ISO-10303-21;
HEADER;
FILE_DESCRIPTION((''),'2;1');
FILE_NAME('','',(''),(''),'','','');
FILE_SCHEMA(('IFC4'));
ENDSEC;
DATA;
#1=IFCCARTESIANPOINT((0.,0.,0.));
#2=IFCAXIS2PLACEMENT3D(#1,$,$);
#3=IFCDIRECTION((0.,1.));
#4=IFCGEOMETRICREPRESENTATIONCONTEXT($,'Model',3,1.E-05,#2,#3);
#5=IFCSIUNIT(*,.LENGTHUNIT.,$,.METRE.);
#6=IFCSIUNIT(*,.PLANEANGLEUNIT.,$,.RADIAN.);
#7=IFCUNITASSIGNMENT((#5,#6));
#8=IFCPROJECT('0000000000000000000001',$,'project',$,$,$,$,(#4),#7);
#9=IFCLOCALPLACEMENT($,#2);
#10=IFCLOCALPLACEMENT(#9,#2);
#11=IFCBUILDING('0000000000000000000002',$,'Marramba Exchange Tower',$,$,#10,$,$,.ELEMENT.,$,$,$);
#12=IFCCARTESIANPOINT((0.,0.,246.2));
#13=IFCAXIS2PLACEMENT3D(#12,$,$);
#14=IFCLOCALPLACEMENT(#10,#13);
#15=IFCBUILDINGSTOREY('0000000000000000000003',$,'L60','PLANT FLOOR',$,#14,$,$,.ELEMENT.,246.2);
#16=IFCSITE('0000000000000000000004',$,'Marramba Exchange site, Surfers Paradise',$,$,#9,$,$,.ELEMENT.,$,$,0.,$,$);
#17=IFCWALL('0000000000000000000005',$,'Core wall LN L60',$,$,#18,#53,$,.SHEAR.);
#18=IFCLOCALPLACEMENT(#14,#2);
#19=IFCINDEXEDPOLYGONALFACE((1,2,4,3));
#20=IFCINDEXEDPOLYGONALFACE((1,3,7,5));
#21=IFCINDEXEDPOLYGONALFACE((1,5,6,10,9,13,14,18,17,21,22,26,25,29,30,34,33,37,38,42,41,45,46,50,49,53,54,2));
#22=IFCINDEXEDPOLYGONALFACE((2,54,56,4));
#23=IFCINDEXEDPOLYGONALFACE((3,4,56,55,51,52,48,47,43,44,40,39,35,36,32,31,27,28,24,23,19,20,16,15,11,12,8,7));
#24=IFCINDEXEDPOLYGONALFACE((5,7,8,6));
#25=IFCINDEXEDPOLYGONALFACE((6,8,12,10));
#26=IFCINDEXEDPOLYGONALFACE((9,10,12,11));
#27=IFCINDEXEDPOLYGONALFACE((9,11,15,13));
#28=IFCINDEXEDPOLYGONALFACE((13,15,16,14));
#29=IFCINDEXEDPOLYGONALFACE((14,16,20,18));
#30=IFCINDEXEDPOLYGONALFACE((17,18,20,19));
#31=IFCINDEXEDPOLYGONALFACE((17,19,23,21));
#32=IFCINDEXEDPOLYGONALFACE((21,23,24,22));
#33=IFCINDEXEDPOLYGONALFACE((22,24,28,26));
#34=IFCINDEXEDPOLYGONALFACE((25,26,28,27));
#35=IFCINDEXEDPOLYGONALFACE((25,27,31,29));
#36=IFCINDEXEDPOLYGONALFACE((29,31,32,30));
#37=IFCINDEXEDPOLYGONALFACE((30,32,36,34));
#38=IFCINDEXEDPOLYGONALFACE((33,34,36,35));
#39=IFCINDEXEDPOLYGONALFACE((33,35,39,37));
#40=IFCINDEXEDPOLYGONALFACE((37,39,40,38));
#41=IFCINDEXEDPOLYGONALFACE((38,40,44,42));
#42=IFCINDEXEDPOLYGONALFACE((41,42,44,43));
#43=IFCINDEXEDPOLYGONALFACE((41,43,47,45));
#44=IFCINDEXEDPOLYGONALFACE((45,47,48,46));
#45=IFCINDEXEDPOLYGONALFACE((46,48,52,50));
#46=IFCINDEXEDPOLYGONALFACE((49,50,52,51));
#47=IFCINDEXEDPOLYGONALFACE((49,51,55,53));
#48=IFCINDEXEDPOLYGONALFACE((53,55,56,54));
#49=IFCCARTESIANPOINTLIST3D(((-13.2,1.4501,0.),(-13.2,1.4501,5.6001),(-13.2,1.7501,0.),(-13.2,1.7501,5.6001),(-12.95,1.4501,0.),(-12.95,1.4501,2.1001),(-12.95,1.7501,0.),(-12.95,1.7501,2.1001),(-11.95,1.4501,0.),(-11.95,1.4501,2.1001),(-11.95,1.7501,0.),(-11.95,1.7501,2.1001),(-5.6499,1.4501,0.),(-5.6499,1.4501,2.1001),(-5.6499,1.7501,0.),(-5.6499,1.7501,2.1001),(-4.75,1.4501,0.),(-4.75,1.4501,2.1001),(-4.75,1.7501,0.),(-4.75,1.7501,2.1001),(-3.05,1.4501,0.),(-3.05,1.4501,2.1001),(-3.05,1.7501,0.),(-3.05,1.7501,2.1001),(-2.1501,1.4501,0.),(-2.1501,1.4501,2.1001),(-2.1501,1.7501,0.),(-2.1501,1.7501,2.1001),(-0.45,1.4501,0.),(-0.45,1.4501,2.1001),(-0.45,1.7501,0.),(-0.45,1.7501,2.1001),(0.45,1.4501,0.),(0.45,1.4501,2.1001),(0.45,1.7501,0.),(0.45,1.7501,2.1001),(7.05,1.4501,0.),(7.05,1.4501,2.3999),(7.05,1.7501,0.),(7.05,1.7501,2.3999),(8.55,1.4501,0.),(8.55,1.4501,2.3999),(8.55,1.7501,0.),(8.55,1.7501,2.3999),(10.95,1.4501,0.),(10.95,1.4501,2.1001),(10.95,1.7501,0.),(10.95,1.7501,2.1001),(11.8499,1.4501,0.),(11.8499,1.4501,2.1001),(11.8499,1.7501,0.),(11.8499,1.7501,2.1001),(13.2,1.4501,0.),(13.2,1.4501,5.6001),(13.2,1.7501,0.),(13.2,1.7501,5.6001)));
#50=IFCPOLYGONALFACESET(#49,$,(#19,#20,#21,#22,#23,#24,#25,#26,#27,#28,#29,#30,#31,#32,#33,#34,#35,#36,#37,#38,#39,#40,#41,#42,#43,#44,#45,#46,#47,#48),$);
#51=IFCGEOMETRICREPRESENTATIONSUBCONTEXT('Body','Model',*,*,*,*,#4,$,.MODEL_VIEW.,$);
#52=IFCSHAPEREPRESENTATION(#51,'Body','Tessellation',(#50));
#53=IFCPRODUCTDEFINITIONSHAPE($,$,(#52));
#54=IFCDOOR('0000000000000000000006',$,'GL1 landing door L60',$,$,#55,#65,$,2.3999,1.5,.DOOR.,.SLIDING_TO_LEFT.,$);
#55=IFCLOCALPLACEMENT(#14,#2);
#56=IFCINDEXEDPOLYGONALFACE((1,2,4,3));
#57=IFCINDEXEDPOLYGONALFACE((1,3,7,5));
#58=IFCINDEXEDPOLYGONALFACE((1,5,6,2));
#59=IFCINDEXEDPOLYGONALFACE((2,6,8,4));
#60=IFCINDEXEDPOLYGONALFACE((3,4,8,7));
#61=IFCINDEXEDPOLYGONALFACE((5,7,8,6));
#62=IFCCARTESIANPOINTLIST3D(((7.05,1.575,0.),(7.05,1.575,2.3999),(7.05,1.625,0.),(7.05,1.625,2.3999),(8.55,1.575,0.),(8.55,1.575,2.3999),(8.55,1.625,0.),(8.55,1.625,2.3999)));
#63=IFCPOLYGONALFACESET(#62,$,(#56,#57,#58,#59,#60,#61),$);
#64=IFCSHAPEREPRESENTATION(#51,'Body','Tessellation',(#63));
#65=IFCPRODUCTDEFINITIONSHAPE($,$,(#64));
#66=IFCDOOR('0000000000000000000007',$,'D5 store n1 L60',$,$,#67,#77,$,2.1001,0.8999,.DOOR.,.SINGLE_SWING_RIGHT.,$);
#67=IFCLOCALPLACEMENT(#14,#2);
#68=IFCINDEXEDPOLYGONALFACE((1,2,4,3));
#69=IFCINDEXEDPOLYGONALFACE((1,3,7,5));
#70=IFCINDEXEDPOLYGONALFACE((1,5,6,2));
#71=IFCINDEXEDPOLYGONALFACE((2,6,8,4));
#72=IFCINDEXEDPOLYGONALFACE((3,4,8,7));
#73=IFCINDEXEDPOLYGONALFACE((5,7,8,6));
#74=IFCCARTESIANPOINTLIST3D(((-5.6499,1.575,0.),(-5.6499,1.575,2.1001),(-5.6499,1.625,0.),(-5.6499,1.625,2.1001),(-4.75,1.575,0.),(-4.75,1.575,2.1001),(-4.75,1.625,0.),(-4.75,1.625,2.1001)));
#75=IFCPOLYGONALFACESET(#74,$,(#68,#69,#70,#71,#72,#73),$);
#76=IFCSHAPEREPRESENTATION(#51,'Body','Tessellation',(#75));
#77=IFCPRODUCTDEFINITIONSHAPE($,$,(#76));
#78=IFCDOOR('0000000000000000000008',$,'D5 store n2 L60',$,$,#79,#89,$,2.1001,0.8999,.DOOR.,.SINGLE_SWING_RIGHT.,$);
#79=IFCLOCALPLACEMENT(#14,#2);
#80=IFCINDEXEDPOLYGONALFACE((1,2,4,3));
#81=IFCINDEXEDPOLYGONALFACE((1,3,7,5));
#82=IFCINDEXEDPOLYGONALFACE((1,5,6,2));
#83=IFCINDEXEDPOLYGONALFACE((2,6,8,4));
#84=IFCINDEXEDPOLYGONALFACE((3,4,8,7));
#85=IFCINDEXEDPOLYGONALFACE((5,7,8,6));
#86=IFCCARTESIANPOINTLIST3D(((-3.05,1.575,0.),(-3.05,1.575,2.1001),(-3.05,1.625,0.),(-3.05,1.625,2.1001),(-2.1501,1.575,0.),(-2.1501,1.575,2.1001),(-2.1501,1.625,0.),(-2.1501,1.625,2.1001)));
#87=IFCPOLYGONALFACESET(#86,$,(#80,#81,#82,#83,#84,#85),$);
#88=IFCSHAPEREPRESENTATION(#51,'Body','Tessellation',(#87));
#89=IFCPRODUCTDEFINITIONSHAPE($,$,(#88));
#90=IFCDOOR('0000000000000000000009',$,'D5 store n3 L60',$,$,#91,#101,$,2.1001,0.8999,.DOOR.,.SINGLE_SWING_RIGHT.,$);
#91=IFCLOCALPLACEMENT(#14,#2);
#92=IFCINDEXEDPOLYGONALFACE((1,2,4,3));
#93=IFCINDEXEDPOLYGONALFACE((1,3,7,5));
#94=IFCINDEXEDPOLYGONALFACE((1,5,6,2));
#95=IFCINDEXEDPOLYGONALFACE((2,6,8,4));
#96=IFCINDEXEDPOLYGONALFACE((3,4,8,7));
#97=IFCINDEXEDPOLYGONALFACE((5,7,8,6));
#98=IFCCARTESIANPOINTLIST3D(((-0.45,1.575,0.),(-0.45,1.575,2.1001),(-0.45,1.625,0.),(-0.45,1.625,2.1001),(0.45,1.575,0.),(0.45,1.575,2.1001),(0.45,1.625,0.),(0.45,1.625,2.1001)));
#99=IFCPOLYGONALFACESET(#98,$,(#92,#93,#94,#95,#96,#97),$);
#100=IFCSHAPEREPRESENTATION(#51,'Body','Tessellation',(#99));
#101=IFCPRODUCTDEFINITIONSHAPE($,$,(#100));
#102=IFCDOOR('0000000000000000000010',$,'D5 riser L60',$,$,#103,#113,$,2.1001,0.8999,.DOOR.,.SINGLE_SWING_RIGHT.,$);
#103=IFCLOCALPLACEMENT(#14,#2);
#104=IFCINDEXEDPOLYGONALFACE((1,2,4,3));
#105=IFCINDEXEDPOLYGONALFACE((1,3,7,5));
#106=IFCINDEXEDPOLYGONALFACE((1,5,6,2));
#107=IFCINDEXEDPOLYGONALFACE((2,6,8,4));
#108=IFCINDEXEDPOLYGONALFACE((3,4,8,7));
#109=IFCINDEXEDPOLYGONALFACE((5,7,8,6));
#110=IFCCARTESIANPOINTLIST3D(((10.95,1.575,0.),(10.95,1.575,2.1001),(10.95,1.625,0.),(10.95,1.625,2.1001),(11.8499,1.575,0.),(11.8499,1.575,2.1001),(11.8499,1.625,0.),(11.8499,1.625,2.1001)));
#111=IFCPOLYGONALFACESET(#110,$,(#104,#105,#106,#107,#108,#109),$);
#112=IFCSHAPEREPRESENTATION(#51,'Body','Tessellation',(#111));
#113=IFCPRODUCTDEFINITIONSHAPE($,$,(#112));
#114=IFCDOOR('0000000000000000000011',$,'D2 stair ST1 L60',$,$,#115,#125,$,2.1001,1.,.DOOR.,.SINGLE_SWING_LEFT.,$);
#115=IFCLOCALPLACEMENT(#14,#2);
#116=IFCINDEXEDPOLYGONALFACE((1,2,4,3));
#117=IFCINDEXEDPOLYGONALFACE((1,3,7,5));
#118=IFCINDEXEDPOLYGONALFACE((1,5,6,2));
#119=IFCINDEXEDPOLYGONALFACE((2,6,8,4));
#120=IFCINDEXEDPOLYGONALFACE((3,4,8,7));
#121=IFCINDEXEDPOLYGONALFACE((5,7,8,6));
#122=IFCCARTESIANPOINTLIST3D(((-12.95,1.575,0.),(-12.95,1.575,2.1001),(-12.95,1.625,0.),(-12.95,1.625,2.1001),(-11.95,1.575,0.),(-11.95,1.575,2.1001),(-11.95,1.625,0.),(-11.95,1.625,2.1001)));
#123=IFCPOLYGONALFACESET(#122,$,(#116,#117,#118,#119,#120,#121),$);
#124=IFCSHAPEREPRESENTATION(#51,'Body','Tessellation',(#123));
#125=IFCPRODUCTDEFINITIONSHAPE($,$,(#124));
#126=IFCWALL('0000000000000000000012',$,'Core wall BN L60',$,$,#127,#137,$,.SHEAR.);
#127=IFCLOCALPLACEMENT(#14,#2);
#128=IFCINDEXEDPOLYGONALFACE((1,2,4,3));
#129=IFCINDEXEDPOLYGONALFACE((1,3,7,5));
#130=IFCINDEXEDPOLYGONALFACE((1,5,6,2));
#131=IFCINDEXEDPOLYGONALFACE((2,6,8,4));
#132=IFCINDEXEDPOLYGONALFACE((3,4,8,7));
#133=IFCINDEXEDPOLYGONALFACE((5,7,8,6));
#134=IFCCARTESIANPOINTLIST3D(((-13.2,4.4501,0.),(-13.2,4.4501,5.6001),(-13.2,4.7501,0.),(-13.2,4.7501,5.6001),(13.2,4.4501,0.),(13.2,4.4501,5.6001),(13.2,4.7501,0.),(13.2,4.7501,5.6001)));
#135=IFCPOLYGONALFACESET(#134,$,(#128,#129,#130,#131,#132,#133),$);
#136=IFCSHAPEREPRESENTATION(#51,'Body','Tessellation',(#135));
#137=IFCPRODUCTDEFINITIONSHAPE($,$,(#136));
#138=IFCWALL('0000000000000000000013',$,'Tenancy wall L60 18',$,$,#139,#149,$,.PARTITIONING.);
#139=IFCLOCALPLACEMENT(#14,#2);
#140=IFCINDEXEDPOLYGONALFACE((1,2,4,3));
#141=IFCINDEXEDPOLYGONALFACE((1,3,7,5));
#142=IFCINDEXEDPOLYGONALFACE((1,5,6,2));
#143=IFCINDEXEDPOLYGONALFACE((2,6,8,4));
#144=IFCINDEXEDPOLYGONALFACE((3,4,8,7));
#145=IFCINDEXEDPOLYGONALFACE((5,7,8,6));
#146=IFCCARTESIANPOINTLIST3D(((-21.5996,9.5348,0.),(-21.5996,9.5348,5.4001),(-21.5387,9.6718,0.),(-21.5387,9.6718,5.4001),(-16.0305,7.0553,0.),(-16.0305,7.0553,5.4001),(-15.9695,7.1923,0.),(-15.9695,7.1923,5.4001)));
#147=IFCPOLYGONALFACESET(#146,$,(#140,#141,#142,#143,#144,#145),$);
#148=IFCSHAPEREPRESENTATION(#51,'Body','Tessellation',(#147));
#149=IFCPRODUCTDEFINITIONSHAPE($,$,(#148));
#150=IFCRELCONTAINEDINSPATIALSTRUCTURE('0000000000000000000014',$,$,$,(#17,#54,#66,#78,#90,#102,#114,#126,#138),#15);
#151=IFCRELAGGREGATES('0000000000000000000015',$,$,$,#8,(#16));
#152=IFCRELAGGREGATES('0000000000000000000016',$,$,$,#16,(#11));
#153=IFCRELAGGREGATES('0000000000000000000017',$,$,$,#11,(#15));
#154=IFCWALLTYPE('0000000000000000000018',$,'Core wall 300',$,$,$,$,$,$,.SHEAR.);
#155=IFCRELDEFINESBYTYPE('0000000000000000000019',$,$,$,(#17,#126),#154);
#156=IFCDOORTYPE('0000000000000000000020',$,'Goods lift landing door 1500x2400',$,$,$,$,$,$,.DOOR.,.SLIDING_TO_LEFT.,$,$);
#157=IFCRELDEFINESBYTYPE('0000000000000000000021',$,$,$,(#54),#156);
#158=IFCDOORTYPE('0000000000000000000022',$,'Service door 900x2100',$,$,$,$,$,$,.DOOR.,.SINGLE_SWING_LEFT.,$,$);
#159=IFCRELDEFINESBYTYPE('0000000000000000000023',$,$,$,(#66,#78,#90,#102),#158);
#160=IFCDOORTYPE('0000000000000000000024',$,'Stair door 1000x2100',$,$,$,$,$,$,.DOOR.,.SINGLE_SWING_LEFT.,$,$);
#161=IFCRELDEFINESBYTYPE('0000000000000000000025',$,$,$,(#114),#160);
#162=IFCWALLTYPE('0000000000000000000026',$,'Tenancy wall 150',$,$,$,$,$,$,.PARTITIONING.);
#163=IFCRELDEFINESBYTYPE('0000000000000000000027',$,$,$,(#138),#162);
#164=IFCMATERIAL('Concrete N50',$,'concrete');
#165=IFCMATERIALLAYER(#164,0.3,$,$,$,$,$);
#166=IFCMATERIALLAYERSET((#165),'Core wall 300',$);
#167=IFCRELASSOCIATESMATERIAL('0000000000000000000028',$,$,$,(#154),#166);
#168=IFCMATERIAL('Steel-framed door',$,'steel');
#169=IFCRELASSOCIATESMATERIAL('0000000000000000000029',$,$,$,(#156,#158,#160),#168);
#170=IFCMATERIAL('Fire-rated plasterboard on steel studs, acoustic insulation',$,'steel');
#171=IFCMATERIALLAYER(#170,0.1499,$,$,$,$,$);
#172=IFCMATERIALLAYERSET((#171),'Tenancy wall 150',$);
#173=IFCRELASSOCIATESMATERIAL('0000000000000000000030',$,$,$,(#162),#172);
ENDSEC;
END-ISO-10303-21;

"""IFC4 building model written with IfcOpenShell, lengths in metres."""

from ifc_helpers import new_model, si_unit, direction, frame, frame_2d, origin, place, context, subcontext, project, spatial, rectangle, extrude, material, layer, layer_set, type_object, element, fill, save


model = new_model("IFC4")

# Units and contexts
model_context = context("Model", 3, precision=1e-05, world=origin(), true_north=direction((0.0, 1.0)))
body_context = subcontext(model_context, "Body", "Model", "MODEL_VIEW")
ifc_project = project(units=[si_unit("LENGTHUNIT", "METRE"), si_unit("PLANEANGLEUNIT", "RADIAN")], contexts=[model_context])

# Site, building, storey
site_placement = place(None, origin())
site = spatial("IfcSite", under=ifc_project, at=site_placement, Name="Marramba Exchange site, Surfers Paradise", CompositionType="ELEMENT", RefElevation=0.0)
building_placement = place(site_placement, origin())
building = spatial("IfcBuilding", under=site, at=building_placement, Name="Marramba Exchange Tower", CompositionType="ELEMENT")
storey_placement = place(building_placement, frame((0.0, 0.0, 246.2)))
storey = spatial("IfcBuildingStorey", under=building, at=storey_placement, Name="L60", Description="PLANT FLOOR", CompositionType="ELEMENT", Elevation=246.2)

# Shared definitions
ifc_material_1 = material(Name="Concrete N50", Category="concrete")

# Shared definitions
ifc_material_2 = material(Name="Steel-framed door", Category="steel")

# Wall, openings, doors
ifc_layer_1 = layer(ifc_material_1, 0.3)
ifc_layer_set_1 = layer_set([ifc_layer_1], Name="Core wall 300")
wall_type_1 = type_object("IfcWallType", Name="Core wall 300", PredefinedType="SHEAR", material=ifc_layer_set_1)
wall_1_placement = place(storey_placement, frame((-13.2, 1.6001, 0.0), z_axis=(0.0, 0.0, 1.0), x_axis=(1.0, 0.0, 0.0)))
wall_1 = element("IfcWall", 1, at=wall_1_placement, inside=storey, type_object=wall_type_1, Name="Core wall LN L60", PredefinedType="SHEAR", context=body_context, shape_type="SweptSolid", body=[
    extrude(rectangle(XDim=26.3999, YDim=0.3, at=frame_2d((13.2, 0.0))), origin(), (0.0, 0.0, 1.0), 5.6001),
])
opening_1_placement = place(wall_1_placement, frame((0.25, 0.0, 0.0)))
opening_1 = element("IfcOpeningElement", 2, at=opening_1_placement, cuts=wall_1, PredefinedType="OPENING", context=body_context, shape_type="SweptSolid", body=[
    extrude(rectangle(XDim=1.0, YDim=2.1001, at=frame_2d((0.5, 1.05))), frame((0.0, 0.1599, 0.0), z_axis=(0.0, -1.0, 0.0), x_axis=(1.0, 0.0, 0.0)), (0.0, 0.0, 1.0), 0.3201),
])
opening_2_placement = place(wall_1_placement, frame((20.25, 0.0, 0.0)))
opening_2 = element("IfcOpeningElement", 3, at=opening_2_placement, cuts=wall_1, PredefinedType="OPENING", context=body_context, shape_type="SweptSolid", body=[
    extrude(rectangle(XDim=1.5, YDim=2.3999, at=frame_2d((0.75, 1.2))), frame((0.0, 0.1599, 0.0), z_axis=(0.0, -1.0, 0.0), x_axis=(1.0, 0.0, 0.0)), (0.0, 0.0, 1.0), 0.3201),
])
opening_3_placement = place(wall_1_placement, frame((7.55, 0.0, 0.0)))
opening_3 = element("IfcOpeningElement", 4, at=opening_3_placement, cuts=wall_1, PredefinedType="OPENING", context=body_context, shape_type="SweptSolid", body=[
    extrude(rectangle(XDim=0.8999, YDim=2.1001, at=frame_2d((0.45, 1.05))), frame((0.0, 0.1599, 0.0), z_axis=(0.0, -1.0, 0.0), x_axis=(1.0, 0.0, 0.0)), (0.0, 0.0, 1.0), 0.3201),
])
opening_4_placement = place(wall_1_placement, frame((10.1499, 0.0, 0.0)))
opening_4 = element("IfcOpeningElement", 5, at=opening_4_placement, cuts=wall_1, PredefinedType="OPENING", context=body_context, shape_type="SweptSolid", body=[
    extrude(rectangle(XDim=0.8999, YDim=2.1001, at=frame_2d((0.45, 1.05))), frame((0.0, 0.1599, 0.0), z_axis=(0.0, -1.0, 0.0), x_axis=(1.0, 0.0, 0.0)), (0.0, 0.0, 1.0), 0.3201),
])
opening_5_placement = place(wall_1_placement, frame((12.75, 0.0, 0.0)))
opening_5 = element("IfcOpeningElement", 6, at=opening_5_placement, cuts=wall_1, PredefinedType="OPENING", context=body_context, shape_type="SweptSolid", body=[
    extrude(rectangle(XDim=0.8999, YDim=2.1001, at=frame_2d((0.45, 1.05))), frame((0.0, 0.1599, 0.0), z_axis=(0.0, -1.0, 0.0), x_axis=(1.0, 0.0, 0.0)), (0.0, 0.0, 1.0), 0.3201),
])
opening_6_placement = place(wall_1_placement, frame((24.1499, 0.0, 0.0)))
opening_6 = element("IfcOpeningElement", 7, at=opening_6_placement, cuts=wall_1, PredefinedType="OPENING", context=body_context, shape_type="SweptSolid", body=[
    extrude(rectangle(XDim=0.8999, YDim=2.1001, at=frame_2d((0.45, 1.05))), frame((0.0, 0.1599, 0.0), z_axis=(0.0, -1.0, 0.0), x_axis=(1.0, 0.0, 0.0)), (0.0, 0.0, 1.0), 0.3201),
])
door_type_1 = type_object("IfcDoorType", Name="Goods lift landing door 1500x2400", OperationType="SLIDING_TO_LEFT", PredefinedType="DOOR", material=ifc_material_2)
door_1_placement = place(opening_2_placement, origin())
door_1 = element("IfcDoor", 8, at=door_1_placement, inside=storey, type_object=door_type_1, Name="GL1 landing door L60", OperationType="SLIDING_TO_LEFT", OverallHeight=2.3999, OverallWidth=1.5, PredefinedType="DOOR", context=body_context, shape_type="SweptSolid", body=[
    extrude(rectangle(XDim=1.5, YDim=2.3999, at=frame_2d((0.75, 1.2))), frame((0.0, 0.0249, 0.0), z_axis=(0.0, -1.0, 0.0), x_axis=(1.0, 0.0, 0.0)), (0.0, 0.0, 1.0), 0.05),
])
fill(opening_2, door_1)
door_type_2 = type_object("IfcDoorType", Name="Service door 900x2100", OperationType="SINGLE_SWING_LEFT", PredefinedType="DOOR", material=ifc_material_2)
door_2_placement = place(opening_3_placement, origin())
door_2 = element("IfcDoor", 9, at=door_2_placement, inside=storey, type_object=door_type_2, Name="D5 store n1 L60", OperationType="SINGLE_SWING_RIGHT", OverallHeight=2.1001, OverallWidth=0.8999, PredefinedType="DOOR", context=body_context, shape_type="SweptSolid", body=[
    extrude(rectangle(XDim=0.8999, YDim=2.1001, at=frame_2d((0.45, 1.05))), frame((0.0, 0.0249, 0.0), z_axis=(0.0, -1.0, 0.0), x_axis=(1.0, 0.0, 0.0)), (0.0, 0.0, 1.0), 0.05),
])
fill(opening_3, door_2)
door_3_placement = place(opening_4_placement, origin())
door_3 = element("IfcDoor", 10, at=door_3_placement, inside=storey, type_object=door_type_2, Name="D5 store n2 L60", OperationType="SINGLE_SWING_RIGHT", OverallHeight=2.1001, OverallWidth=0.8999, PredefinedType="DOOR", context=body_context, shape_type="SweptSolid", body=[
    extrude(rectangle(XDim=0.8999, YDim=2.1001, at=frame_2d((0.45, 1.05))), frame((0.0, 0.0249, 0.0), z_axis=(0.0, -1.0, 0.0), x_axis=(1.0, 0.0, 0.0)), (0.0, 0.0, 1.0), 0.05),
])
fill(opening_4, door_3)
door_4_placement = place(opening_5_placement, origin())
door_4 = element("IfcDoor", 11, at=door_4_placement, inside=storey, type_object=door_type_2, Name="D5 store n3 L60", OperationType="SINGLE_SWING_RIGHT", OverallHeight=2.1001, OverallWidth=0.8999, PredefinedType="DOOR", context=body_context, shape_type="SweptSolid", body=[
    extrude(rectangle(XDim=0.8999, YDim=2.1001, at=frame_2d((0.45, 1.05))), frame((0.0, 0.0249, 0.0), z_axis=(0.0, -1.0, 0.0), x_axis=(1.0, 0.0, 0.0)), (0.0, 0.0, 1.0), 0.05),
])
fill(opening_5, door_4)
door_5_placement = place(opening_6_placement, origin())
door_5 = element("IfcDoor", 12, at=door_5_placement, inside=storey, type_object=door_type_2, Name="D5 riser L60", OperationType="SINGLE_SWING_RIGHT", OverallHeight=2.1001, OverallWidth=0.8999, PredefinedType="DOOR", context=body_context, shape_type="SweptSolid", body=[
    extrude(rectangle(XDim=0.8999, YDim=2.1001, at=frame_2d((0.45, 1.05))), frame((0.0, 0.0249, 0.0), z_axis=(0.0, -1.0, 0.0), x_axis=(1.0, 0.0, 0.0)), (0.0, 0.0, 1.0), 0.05),
])
fill(opening_6, door_5)
door_type_3 = type_object("IfcDoorType", Name="Stair door 1000x2100", OperationType="SINGLE_SWING_LEFT", PredefinedType="DOOR", material=ifc_material_2)
door_6_placement = place(opening_1_placement, origin())
door_6 = element("IfcDoor", 13, at=door_6_placement, inside=storey, type_object=door_type_3, Name="D2 stair ST1 L60", OperationType="SINGLE_SWING_LEFT", OverallHeight=2.1001, OverallWidth=1.0, PredefinedType="DOOR", context=body_context, shape_type="SweptSolid", body=[
    extrude(rectangle(XDim=1.0, YDim=2.1001, at=frame_2d((0.5, 1.05))), frame((0.0, 0.0249, 0.0), z_axis=(0.0, -1.0, 0.0), x_axis=(1.0, 0.0, 0.0)), (0.0, 0.0, 1.0), 0.05),
])
fill(opening_1, door_6)

# Walls
wall_2_placement = place(storey_placement, frame((-13.2, 4.6001, 0.0), z_axis=(0.0, 0.0, 1.0), x_axis=(1.0, 0.0, 0.0)))
element("IfcWall", 14, at=wall_2_placement, inside=storey, type_object=wall_type_1, Name="Core wall BN L60", PredefinedType="SHEAR", context=body_context, shape_type="SweptSolid", body=[
    extrude(rectangle(XDim=26.3999, YDim=0.3, at=frame_2d((13.2, 0.0))), origin(), (0.0, 0.0, 1.0), 5.6001),
])
ifc_material_3 = material(Name="Fire-rated plasterboard on steel studs, acoustic insulation", Category="steel")
ifc_layer_2 = layer(ifc_material_3, 0.1499)
ifc_layer_set_2 = layer_set([ifc_layer_2], Name="Tenancy wall 150")
wall_type_2 = type_object("IfcWallType", Name="Tenancy wall 150", PredefinedType="PARTITIONING", material=ifc_layer_set_2)
wall_3_placement = place(storey_placement, frame((-16.0, 7.1238, 0.0), z_axis=(0.0, 0.0, 1.0), x_axis=(-0.913547, 0.406733, 0.0)))
element("IfcWall", 15, at=wall_3_placement, inside=storey, type_object=wall_type_2, Name="Tenancy wall L60 18", PredefinedType="PARTITIONING", context=body_context, shape_type="SweptSolid", body=[
    extrude(rectangle(XDim=6.0962, YDim=0.1499, at=frame_2d((3.0481, 0.0))), origin(), (0.0, 0.0, 1.0), 5.4001),
])

save(model, "model.ifc")
